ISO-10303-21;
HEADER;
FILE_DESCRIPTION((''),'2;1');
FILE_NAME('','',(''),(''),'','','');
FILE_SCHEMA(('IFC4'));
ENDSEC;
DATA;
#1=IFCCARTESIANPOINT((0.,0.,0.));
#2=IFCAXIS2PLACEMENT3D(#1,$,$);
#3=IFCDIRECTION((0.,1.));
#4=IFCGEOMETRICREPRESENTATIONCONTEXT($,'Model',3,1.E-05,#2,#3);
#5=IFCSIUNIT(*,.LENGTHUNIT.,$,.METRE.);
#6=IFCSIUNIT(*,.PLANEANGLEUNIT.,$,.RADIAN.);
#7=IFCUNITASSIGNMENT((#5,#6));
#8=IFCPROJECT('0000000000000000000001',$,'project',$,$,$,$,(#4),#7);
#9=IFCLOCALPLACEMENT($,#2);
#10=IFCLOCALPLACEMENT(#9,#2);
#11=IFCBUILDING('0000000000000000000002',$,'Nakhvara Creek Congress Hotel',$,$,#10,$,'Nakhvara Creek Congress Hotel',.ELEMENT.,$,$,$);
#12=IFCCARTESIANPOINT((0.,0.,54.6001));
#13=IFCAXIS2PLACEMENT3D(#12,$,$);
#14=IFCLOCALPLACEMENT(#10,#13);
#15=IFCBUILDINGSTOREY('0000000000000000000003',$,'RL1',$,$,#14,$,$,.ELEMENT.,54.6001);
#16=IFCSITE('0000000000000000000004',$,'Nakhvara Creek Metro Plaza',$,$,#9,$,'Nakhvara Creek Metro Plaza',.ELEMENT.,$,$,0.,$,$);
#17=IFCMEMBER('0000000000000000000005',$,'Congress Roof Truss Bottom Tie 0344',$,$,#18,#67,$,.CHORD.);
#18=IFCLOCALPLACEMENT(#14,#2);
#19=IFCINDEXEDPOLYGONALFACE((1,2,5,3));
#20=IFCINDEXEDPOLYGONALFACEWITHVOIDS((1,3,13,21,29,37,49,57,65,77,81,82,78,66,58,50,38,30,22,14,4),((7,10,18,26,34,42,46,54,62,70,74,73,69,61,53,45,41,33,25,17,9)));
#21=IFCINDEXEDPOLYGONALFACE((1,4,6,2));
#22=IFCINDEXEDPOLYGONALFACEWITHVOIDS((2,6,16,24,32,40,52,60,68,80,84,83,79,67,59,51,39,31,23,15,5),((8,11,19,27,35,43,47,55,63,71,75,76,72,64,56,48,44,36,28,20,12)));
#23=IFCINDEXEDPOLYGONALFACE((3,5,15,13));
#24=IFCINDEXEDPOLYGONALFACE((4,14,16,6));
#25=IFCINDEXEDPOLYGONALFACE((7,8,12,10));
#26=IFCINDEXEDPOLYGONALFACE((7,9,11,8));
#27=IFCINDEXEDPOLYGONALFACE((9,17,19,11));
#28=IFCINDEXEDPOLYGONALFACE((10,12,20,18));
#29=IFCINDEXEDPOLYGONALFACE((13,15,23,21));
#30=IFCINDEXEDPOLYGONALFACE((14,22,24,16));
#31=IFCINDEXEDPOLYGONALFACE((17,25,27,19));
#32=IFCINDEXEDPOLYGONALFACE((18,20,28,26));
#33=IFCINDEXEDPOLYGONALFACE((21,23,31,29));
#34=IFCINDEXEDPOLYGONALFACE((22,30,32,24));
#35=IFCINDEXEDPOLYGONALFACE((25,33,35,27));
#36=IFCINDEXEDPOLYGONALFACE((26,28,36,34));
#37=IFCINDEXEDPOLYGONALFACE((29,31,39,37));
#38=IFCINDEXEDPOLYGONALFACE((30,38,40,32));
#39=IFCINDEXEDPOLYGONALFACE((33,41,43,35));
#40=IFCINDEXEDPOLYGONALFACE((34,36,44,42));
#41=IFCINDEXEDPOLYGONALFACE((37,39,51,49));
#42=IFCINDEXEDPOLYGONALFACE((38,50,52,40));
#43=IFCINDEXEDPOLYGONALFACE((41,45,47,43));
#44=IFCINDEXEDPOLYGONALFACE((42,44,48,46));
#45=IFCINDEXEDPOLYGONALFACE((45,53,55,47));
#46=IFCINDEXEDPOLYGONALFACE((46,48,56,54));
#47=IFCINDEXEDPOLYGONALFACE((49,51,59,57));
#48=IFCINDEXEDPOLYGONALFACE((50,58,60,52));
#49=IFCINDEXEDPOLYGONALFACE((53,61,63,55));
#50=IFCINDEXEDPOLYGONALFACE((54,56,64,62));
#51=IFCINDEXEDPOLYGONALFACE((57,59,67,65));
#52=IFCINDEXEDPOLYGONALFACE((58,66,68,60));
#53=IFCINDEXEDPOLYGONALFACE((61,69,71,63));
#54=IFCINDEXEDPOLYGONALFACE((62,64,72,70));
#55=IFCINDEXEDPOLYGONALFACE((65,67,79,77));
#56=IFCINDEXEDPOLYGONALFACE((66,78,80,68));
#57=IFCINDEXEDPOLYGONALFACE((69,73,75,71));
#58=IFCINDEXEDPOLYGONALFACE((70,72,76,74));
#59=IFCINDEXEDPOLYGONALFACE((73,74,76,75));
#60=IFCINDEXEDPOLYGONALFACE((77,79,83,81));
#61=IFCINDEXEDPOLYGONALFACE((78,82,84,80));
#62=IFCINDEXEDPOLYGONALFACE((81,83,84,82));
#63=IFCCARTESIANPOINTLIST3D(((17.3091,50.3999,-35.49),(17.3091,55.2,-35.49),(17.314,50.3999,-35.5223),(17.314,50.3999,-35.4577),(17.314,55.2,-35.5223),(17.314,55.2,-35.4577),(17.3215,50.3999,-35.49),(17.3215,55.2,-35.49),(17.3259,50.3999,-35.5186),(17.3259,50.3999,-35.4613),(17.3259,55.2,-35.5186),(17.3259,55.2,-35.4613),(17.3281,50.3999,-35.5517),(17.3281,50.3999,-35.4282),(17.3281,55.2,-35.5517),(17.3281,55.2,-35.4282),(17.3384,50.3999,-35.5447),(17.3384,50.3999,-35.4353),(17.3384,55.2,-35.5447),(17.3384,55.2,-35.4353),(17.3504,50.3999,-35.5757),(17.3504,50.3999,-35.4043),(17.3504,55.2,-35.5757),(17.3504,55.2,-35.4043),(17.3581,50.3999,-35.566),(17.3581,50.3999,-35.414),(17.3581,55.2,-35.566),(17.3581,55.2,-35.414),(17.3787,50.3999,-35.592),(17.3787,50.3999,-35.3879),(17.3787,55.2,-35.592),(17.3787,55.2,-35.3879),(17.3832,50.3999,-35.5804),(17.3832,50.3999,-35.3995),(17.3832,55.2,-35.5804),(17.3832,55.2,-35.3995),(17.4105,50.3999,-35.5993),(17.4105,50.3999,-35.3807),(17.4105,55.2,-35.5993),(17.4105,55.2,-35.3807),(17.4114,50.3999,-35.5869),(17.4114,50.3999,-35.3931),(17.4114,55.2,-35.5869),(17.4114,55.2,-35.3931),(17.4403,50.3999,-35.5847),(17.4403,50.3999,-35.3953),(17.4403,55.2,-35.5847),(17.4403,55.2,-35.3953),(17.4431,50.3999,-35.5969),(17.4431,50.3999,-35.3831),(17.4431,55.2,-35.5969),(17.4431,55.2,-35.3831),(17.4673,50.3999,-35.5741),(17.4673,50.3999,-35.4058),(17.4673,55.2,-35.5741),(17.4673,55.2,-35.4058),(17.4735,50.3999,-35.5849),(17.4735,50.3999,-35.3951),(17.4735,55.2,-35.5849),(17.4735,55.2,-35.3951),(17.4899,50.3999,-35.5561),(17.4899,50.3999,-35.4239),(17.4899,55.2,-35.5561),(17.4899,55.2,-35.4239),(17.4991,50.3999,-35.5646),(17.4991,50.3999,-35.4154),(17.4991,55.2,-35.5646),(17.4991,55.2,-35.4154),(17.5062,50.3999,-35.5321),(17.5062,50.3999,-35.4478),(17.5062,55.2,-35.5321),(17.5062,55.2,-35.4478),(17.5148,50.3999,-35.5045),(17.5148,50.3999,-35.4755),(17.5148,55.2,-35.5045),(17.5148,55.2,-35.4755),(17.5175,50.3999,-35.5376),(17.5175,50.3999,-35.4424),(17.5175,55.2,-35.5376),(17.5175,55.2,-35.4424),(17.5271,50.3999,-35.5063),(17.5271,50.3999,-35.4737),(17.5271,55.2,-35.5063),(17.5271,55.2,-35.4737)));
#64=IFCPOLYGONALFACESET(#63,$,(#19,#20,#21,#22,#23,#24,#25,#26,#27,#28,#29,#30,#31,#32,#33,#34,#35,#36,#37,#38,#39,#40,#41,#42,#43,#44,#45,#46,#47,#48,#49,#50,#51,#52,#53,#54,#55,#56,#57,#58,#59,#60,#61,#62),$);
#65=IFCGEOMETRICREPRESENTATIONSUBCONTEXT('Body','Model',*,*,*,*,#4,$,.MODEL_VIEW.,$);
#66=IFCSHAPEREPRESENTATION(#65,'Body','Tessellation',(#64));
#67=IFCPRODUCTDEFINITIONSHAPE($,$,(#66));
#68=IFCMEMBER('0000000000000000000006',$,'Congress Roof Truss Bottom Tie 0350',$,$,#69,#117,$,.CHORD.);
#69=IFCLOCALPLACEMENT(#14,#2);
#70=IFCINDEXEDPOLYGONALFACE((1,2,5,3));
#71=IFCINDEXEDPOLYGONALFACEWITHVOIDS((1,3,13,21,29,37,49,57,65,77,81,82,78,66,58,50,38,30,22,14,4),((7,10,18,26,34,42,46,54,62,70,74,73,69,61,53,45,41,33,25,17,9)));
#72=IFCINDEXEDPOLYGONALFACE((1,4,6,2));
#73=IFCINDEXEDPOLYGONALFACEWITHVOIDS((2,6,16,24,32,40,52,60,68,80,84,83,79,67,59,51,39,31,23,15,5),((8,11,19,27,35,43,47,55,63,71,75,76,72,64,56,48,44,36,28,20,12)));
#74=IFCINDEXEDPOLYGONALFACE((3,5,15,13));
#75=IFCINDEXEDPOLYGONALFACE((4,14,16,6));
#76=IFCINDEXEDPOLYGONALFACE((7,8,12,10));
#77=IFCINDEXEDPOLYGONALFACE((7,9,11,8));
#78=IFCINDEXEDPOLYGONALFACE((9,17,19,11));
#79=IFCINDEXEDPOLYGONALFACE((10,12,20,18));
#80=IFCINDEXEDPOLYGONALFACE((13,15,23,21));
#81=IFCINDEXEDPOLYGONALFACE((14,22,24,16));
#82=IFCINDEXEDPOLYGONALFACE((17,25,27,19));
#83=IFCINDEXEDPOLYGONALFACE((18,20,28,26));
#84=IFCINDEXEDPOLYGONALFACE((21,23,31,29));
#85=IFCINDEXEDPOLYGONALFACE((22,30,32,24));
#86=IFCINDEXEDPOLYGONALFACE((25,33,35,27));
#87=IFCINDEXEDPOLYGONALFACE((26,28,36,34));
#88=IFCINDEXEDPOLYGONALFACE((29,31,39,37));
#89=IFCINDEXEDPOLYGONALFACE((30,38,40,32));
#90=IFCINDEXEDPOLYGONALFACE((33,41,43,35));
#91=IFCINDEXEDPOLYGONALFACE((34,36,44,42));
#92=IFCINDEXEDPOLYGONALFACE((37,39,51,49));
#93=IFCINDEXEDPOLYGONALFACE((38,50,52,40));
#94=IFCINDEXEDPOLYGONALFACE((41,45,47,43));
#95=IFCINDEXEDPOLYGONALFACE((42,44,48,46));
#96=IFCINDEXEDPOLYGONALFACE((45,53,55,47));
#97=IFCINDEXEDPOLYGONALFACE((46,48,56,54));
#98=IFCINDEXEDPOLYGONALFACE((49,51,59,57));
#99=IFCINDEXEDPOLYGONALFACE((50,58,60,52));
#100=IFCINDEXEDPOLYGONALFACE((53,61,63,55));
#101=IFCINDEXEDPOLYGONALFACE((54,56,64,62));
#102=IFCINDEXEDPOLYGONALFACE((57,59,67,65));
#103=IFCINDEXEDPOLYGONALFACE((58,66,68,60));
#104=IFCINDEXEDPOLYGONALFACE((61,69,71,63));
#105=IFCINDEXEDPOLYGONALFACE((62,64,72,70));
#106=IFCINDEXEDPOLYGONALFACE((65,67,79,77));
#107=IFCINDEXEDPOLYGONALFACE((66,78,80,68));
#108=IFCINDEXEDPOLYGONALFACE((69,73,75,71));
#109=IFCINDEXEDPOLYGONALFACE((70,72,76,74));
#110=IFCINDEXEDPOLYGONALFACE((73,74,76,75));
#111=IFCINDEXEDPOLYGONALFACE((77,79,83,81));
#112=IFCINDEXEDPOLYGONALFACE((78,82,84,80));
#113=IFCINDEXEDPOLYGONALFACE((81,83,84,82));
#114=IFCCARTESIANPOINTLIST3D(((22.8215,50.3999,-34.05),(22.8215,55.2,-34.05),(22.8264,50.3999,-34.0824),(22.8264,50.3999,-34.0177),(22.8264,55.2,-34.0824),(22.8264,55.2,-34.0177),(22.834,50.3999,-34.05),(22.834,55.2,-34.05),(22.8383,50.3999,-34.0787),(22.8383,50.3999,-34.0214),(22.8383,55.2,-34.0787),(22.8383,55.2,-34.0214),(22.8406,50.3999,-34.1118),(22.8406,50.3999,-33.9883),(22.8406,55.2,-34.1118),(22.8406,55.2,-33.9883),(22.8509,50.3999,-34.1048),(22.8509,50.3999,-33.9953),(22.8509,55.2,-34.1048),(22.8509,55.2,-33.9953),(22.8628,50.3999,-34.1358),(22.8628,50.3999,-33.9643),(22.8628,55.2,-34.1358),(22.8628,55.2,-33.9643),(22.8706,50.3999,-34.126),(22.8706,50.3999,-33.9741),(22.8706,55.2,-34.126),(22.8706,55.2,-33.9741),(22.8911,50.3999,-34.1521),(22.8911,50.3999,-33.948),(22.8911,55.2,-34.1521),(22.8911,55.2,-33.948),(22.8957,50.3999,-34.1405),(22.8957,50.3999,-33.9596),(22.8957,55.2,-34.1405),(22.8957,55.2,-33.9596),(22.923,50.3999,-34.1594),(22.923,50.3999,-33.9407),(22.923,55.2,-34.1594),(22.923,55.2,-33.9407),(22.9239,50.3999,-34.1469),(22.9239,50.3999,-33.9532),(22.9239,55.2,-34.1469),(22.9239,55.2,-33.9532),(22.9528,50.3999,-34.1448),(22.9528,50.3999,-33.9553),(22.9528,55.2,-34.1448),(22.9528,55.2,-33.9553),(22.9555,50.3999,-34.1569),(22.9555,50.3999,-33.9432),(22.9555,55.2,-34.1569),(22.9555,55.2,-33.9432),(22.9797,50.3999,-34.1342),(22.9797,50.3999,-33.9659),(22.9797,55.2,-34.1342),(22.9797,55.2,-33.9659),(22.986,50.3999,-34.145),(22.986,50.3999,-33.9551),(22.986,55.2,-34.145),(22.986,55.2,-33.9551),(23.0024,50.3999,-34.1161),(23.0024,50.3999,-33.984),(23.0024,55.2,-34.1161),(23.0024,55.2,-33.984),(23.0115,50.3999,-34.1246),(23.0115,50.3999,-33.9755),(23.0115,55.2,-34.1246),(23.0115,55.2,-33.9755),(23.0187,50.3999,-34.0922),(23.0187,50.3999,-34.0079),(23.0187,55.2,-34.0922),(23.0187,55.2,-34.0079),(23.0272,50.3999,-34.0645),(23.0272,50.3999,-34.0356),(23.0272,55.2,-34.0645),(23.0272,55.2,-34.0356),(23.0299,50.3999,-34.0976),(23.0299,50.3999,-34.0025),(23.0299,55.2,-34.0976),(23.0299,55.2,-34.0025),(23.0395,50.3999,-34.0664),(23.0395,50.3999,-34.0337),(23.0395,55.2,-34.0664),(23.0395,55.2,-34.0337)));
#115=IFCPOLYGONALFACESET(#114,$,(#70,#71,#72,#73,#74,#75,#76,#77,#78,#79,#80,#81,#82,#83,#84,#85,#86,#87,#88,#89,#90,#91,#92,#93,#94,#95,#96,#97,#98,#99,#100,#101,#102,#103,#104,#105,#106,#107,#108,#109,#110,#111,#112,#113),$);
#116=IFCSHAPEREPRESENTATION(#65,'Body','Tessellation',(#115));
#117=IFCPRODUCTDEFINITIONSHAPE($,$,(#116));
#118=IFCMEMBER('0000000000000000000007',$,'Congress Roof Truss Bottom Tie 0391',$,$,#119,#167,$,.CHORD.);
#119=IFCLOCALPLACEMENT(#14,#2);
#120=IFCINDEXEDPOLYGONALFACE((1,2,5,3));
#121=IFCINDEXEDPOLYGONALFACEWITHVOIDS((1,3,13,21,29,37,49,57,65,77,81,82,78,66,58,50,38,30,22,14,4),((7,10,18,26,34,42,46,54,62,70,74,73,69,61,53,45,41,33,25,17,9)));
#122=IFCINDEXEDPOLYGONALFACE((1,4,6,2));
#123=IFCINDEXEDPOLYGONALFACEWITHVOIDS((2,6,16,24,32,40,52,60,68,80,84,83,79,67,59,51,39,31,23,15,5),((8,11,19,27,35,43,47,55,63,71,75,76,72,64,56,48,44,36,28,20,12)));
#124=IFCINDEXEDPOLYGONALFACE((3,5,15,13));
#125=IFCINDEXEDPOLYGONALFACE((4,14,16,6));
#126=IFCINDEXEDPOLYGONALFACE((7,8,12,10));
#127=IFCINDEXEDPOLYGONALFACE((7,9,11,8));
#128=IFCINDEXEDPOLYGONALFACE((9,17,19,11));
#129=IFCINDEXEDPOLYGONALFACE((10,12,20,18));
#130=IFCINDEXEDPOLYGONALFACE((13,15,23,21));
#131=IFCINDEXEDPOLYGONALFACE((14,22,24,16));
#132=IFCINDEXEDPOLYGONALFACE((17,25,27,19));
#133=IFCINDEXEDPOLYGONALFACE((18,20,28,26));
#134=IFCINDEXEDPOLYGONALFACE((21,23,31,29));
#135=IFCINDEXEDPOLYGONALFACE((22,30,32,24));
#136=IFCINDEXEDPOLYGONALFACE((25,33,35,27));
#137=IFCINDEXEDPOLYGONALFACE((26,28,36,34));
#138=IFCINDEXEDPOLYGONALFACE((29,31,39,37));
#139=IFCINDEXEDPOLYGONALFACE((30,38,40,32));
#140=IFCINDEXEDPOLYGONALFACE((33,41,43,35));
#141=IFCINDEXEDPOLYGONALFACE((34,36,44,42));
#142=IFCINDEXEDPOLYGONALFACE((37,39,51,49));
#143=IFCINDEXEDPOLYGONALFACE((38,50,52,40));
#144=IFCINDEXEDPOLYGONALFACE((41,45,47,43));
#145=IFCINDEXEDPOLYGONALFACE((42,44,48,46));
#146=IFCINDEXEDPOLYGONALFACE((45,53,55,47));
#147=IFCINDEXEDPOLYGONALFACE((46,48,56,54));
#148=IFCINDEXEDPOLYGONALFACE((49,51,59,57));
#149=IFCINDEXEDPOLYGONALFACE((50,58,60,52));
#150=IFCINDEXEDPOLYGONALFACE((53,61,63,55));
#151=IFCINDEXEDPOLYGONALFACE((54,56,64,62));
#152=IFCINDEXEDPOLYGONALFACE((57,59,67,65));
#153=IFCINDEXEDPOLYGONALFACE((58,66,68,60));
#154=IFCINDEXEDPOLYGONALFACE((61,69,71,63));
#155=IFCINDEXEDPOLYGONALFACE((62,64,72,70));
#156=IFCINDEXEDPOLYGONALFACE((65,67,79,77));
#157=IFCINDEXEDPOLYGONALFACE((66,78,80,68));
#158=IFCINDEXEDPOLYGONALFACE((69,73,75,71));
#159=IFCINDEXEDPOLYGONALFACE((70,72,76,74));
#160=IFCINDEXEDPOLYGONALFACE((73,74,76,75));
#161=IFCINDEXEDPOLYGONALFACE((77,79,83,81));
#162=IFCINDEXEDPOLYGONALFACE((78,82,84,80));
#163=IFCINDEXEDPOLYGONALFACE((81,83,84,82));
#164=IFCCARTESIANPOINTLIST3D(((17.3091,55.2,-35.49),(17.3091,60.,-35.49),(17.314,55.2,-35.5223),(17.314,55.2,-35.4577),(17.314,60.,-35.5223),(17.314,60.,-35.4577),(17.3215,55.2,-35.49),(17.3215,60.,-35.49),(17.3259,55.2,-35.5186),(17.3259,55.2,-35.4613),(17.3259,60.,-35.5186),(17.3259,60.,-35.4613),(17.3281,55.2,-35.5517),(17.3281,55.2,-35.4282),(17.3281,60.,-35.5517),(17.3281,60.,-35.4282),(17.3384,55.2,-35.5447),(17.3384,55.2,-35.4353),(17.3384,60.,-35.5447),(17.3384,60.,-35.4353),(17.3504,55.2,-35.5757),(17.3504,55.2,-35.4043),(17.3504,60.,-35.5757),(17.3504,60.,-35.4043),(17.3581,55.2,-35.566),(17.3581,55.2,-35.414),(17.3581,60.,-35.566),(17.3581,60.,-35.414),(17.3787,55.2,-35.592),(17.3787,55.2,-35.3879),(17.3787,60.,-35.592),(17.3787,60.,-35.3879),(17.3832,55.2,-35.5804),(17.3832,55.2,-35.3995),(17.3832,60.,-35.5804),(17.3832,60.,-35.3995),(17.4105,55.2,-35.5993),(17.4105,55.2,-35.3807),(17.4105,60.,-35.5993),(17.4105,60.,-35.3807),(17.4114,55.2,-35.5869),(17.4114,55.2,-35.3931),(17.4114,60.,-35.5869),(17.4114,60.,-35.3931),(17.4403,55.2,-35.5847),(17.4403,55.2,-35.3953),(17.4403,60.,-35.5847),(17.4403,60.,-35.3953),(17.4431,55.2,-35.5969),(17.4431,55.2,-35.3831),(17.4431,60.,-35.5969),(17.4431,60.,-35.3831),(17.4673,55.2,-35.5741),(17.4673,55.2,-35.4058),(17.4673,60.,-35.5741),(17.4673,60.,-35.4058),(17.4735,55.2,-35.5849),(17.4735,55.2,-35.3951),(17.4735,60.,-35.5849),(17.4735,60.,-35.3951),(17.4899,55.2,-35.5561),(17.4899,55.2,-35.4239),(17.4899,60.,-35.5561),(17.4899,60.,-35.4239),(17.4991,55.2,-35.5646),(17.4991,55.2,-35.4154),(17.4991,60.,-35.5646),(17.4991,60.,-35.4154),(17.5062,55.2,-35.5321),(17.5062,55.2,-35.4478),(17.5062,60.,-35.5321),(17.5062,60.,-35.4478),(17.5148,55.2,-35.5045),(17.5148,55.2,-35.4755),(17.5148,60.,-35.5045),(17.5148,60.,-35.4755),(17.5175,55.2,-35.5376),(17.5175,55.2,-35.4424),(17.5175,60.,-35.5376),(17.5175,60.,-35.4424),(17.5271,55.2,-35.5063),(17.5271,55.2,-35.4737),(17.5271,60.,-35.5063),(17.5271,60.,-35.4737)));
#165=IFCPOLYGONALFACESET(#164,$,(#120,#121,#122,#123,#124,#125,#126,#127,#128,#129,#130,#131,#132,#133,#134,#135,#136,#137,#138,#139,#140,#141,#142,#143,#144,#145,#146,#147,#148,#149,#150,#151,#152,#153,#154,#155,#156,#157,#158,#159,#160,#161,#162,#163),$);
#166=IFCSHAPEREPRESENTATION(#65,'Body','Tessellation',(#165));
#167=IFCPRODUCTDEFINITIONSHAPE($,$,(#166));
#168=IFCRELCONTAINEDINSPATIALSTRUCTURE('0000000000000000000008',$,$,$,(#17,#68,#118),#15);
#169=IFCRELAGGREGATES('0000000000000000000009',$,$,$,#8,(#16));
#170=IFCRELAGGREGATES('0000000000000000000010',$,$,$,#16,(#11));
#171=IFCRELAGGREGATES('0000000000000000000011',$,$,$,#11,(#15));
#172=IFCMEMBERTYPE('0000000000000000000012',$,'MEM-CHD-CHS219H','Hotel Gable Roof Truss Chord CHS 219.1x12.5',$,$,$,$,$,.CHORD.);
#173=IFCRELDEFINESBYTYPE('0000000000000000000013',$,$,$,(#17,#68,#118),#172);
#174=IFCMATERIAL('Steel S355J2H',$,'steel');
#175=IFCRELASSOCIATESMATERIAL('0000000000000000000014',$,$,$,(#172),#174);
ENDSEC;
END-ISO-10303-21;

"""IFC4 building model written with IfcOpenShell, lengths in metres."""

from ifc_helpers import new_model, si_unit, direction, frame, origin, origin_2d, place, context, subcontext, project, spatial, hollow_circle, extrude, material, material_profile, profile_set, type_object, element, save


model = new_model("IFC4")

# Units and contexts
model_context = context("Model", 3, precision=1e-05, world=origin(), true_north=direction((0.0, 1.0)))
body_context = subcontext(model_context, "Body", "Model", "MODEL_VIEW")
ifc_project = project(units=[si_unit("LENGTHUNIT", "METRE"), si_unit("PLANEANGLEUNIT", "RADIAN")], contexts=[model_context])

# Site, building, storey
site_placement = place(None, origin())
site = spatial("IfcSite", under=ifc_project, at=site_placement, Name="Nakhvara Creek Metro Plaza", LongName="Nakhvara Creek Metro Plaza", CompositionType="ELEMENT", RefElevation=0.0)
building_placement = place(site_placement, origin())
building = spatial("IfcBuilding", under=site, at=building_placement, Name="Nakhvara Creek Congress Hotel", LongName="Nakhvara Creek Congress Hotel", CompositionType="ELEMENT")
storey_placement = place(building_placement, frame((0.0, 0.0, 54.6001)))
storey = spatial("IfcBuildingStorey", under=building, at=storey_placement, Name="RL1", CompositionType="ELEMENT", Elevation=54.6001)

# Members
ifc_material_1 = material(Name="Steel S355J2H", Category="steel")
ifc_material_profile_1 = material_profile(ifc_material_1, hollow_circle(Radius=0.1096, WallThickness=0.0125, at=origin_2d()), Name="CHS 219.1x12.5", Category="LoadBearing")
ifc_profile_set_1 = profile_set([ifc_material_profile_1], Name="Steel S355J2H")
member_type_1 = type_object("IfcMemberType", Name="MEM-CHD-CHS219H", Description="Hotel Gable Roof Truss Chord CHS 219.1x12.5", PredefinedType="CHORD", material=ifc_profile_set_1)
for number, where, z_axis, x_axis, name in (
    (1, (17.4187, 50.3999, -35.49), (0.0, 1.0, 0.0), (-1.0, 0.0, 0.0), "Congress Roof Truss Bottom Tie 0344"),
    (2, (22.9312, 50.3999, -34.05), (0.0, 1.0, 0.0), (-1.0, 0.0, 0.0), "Congress Roof Truss Bottom Tie 0350"),
    (3, (17.4187, 55.2, -35.49), (0.0, 1.0, 0.0), (-1.0, 0.0, 0.0), "Congress Roof Truss Bottom Tie 0391"),
):
    element("IfcMember", number, at=place(storey_placement, frame(where, z_axis=z_axis, x_axis=x_axis)), inside=storey, type_object=member_type_1, Name=name, PredefinedType="CHORD", context=body_context, shape_type="SweptSolid", body=[
        extrude(hollow_circle(Radius=0.1096, WallThickness=0.0125, at=origin_2d()), origin(), (0.0, 0.0, 1.0), 4.8),
    ])

save(model, "model.ifc")
